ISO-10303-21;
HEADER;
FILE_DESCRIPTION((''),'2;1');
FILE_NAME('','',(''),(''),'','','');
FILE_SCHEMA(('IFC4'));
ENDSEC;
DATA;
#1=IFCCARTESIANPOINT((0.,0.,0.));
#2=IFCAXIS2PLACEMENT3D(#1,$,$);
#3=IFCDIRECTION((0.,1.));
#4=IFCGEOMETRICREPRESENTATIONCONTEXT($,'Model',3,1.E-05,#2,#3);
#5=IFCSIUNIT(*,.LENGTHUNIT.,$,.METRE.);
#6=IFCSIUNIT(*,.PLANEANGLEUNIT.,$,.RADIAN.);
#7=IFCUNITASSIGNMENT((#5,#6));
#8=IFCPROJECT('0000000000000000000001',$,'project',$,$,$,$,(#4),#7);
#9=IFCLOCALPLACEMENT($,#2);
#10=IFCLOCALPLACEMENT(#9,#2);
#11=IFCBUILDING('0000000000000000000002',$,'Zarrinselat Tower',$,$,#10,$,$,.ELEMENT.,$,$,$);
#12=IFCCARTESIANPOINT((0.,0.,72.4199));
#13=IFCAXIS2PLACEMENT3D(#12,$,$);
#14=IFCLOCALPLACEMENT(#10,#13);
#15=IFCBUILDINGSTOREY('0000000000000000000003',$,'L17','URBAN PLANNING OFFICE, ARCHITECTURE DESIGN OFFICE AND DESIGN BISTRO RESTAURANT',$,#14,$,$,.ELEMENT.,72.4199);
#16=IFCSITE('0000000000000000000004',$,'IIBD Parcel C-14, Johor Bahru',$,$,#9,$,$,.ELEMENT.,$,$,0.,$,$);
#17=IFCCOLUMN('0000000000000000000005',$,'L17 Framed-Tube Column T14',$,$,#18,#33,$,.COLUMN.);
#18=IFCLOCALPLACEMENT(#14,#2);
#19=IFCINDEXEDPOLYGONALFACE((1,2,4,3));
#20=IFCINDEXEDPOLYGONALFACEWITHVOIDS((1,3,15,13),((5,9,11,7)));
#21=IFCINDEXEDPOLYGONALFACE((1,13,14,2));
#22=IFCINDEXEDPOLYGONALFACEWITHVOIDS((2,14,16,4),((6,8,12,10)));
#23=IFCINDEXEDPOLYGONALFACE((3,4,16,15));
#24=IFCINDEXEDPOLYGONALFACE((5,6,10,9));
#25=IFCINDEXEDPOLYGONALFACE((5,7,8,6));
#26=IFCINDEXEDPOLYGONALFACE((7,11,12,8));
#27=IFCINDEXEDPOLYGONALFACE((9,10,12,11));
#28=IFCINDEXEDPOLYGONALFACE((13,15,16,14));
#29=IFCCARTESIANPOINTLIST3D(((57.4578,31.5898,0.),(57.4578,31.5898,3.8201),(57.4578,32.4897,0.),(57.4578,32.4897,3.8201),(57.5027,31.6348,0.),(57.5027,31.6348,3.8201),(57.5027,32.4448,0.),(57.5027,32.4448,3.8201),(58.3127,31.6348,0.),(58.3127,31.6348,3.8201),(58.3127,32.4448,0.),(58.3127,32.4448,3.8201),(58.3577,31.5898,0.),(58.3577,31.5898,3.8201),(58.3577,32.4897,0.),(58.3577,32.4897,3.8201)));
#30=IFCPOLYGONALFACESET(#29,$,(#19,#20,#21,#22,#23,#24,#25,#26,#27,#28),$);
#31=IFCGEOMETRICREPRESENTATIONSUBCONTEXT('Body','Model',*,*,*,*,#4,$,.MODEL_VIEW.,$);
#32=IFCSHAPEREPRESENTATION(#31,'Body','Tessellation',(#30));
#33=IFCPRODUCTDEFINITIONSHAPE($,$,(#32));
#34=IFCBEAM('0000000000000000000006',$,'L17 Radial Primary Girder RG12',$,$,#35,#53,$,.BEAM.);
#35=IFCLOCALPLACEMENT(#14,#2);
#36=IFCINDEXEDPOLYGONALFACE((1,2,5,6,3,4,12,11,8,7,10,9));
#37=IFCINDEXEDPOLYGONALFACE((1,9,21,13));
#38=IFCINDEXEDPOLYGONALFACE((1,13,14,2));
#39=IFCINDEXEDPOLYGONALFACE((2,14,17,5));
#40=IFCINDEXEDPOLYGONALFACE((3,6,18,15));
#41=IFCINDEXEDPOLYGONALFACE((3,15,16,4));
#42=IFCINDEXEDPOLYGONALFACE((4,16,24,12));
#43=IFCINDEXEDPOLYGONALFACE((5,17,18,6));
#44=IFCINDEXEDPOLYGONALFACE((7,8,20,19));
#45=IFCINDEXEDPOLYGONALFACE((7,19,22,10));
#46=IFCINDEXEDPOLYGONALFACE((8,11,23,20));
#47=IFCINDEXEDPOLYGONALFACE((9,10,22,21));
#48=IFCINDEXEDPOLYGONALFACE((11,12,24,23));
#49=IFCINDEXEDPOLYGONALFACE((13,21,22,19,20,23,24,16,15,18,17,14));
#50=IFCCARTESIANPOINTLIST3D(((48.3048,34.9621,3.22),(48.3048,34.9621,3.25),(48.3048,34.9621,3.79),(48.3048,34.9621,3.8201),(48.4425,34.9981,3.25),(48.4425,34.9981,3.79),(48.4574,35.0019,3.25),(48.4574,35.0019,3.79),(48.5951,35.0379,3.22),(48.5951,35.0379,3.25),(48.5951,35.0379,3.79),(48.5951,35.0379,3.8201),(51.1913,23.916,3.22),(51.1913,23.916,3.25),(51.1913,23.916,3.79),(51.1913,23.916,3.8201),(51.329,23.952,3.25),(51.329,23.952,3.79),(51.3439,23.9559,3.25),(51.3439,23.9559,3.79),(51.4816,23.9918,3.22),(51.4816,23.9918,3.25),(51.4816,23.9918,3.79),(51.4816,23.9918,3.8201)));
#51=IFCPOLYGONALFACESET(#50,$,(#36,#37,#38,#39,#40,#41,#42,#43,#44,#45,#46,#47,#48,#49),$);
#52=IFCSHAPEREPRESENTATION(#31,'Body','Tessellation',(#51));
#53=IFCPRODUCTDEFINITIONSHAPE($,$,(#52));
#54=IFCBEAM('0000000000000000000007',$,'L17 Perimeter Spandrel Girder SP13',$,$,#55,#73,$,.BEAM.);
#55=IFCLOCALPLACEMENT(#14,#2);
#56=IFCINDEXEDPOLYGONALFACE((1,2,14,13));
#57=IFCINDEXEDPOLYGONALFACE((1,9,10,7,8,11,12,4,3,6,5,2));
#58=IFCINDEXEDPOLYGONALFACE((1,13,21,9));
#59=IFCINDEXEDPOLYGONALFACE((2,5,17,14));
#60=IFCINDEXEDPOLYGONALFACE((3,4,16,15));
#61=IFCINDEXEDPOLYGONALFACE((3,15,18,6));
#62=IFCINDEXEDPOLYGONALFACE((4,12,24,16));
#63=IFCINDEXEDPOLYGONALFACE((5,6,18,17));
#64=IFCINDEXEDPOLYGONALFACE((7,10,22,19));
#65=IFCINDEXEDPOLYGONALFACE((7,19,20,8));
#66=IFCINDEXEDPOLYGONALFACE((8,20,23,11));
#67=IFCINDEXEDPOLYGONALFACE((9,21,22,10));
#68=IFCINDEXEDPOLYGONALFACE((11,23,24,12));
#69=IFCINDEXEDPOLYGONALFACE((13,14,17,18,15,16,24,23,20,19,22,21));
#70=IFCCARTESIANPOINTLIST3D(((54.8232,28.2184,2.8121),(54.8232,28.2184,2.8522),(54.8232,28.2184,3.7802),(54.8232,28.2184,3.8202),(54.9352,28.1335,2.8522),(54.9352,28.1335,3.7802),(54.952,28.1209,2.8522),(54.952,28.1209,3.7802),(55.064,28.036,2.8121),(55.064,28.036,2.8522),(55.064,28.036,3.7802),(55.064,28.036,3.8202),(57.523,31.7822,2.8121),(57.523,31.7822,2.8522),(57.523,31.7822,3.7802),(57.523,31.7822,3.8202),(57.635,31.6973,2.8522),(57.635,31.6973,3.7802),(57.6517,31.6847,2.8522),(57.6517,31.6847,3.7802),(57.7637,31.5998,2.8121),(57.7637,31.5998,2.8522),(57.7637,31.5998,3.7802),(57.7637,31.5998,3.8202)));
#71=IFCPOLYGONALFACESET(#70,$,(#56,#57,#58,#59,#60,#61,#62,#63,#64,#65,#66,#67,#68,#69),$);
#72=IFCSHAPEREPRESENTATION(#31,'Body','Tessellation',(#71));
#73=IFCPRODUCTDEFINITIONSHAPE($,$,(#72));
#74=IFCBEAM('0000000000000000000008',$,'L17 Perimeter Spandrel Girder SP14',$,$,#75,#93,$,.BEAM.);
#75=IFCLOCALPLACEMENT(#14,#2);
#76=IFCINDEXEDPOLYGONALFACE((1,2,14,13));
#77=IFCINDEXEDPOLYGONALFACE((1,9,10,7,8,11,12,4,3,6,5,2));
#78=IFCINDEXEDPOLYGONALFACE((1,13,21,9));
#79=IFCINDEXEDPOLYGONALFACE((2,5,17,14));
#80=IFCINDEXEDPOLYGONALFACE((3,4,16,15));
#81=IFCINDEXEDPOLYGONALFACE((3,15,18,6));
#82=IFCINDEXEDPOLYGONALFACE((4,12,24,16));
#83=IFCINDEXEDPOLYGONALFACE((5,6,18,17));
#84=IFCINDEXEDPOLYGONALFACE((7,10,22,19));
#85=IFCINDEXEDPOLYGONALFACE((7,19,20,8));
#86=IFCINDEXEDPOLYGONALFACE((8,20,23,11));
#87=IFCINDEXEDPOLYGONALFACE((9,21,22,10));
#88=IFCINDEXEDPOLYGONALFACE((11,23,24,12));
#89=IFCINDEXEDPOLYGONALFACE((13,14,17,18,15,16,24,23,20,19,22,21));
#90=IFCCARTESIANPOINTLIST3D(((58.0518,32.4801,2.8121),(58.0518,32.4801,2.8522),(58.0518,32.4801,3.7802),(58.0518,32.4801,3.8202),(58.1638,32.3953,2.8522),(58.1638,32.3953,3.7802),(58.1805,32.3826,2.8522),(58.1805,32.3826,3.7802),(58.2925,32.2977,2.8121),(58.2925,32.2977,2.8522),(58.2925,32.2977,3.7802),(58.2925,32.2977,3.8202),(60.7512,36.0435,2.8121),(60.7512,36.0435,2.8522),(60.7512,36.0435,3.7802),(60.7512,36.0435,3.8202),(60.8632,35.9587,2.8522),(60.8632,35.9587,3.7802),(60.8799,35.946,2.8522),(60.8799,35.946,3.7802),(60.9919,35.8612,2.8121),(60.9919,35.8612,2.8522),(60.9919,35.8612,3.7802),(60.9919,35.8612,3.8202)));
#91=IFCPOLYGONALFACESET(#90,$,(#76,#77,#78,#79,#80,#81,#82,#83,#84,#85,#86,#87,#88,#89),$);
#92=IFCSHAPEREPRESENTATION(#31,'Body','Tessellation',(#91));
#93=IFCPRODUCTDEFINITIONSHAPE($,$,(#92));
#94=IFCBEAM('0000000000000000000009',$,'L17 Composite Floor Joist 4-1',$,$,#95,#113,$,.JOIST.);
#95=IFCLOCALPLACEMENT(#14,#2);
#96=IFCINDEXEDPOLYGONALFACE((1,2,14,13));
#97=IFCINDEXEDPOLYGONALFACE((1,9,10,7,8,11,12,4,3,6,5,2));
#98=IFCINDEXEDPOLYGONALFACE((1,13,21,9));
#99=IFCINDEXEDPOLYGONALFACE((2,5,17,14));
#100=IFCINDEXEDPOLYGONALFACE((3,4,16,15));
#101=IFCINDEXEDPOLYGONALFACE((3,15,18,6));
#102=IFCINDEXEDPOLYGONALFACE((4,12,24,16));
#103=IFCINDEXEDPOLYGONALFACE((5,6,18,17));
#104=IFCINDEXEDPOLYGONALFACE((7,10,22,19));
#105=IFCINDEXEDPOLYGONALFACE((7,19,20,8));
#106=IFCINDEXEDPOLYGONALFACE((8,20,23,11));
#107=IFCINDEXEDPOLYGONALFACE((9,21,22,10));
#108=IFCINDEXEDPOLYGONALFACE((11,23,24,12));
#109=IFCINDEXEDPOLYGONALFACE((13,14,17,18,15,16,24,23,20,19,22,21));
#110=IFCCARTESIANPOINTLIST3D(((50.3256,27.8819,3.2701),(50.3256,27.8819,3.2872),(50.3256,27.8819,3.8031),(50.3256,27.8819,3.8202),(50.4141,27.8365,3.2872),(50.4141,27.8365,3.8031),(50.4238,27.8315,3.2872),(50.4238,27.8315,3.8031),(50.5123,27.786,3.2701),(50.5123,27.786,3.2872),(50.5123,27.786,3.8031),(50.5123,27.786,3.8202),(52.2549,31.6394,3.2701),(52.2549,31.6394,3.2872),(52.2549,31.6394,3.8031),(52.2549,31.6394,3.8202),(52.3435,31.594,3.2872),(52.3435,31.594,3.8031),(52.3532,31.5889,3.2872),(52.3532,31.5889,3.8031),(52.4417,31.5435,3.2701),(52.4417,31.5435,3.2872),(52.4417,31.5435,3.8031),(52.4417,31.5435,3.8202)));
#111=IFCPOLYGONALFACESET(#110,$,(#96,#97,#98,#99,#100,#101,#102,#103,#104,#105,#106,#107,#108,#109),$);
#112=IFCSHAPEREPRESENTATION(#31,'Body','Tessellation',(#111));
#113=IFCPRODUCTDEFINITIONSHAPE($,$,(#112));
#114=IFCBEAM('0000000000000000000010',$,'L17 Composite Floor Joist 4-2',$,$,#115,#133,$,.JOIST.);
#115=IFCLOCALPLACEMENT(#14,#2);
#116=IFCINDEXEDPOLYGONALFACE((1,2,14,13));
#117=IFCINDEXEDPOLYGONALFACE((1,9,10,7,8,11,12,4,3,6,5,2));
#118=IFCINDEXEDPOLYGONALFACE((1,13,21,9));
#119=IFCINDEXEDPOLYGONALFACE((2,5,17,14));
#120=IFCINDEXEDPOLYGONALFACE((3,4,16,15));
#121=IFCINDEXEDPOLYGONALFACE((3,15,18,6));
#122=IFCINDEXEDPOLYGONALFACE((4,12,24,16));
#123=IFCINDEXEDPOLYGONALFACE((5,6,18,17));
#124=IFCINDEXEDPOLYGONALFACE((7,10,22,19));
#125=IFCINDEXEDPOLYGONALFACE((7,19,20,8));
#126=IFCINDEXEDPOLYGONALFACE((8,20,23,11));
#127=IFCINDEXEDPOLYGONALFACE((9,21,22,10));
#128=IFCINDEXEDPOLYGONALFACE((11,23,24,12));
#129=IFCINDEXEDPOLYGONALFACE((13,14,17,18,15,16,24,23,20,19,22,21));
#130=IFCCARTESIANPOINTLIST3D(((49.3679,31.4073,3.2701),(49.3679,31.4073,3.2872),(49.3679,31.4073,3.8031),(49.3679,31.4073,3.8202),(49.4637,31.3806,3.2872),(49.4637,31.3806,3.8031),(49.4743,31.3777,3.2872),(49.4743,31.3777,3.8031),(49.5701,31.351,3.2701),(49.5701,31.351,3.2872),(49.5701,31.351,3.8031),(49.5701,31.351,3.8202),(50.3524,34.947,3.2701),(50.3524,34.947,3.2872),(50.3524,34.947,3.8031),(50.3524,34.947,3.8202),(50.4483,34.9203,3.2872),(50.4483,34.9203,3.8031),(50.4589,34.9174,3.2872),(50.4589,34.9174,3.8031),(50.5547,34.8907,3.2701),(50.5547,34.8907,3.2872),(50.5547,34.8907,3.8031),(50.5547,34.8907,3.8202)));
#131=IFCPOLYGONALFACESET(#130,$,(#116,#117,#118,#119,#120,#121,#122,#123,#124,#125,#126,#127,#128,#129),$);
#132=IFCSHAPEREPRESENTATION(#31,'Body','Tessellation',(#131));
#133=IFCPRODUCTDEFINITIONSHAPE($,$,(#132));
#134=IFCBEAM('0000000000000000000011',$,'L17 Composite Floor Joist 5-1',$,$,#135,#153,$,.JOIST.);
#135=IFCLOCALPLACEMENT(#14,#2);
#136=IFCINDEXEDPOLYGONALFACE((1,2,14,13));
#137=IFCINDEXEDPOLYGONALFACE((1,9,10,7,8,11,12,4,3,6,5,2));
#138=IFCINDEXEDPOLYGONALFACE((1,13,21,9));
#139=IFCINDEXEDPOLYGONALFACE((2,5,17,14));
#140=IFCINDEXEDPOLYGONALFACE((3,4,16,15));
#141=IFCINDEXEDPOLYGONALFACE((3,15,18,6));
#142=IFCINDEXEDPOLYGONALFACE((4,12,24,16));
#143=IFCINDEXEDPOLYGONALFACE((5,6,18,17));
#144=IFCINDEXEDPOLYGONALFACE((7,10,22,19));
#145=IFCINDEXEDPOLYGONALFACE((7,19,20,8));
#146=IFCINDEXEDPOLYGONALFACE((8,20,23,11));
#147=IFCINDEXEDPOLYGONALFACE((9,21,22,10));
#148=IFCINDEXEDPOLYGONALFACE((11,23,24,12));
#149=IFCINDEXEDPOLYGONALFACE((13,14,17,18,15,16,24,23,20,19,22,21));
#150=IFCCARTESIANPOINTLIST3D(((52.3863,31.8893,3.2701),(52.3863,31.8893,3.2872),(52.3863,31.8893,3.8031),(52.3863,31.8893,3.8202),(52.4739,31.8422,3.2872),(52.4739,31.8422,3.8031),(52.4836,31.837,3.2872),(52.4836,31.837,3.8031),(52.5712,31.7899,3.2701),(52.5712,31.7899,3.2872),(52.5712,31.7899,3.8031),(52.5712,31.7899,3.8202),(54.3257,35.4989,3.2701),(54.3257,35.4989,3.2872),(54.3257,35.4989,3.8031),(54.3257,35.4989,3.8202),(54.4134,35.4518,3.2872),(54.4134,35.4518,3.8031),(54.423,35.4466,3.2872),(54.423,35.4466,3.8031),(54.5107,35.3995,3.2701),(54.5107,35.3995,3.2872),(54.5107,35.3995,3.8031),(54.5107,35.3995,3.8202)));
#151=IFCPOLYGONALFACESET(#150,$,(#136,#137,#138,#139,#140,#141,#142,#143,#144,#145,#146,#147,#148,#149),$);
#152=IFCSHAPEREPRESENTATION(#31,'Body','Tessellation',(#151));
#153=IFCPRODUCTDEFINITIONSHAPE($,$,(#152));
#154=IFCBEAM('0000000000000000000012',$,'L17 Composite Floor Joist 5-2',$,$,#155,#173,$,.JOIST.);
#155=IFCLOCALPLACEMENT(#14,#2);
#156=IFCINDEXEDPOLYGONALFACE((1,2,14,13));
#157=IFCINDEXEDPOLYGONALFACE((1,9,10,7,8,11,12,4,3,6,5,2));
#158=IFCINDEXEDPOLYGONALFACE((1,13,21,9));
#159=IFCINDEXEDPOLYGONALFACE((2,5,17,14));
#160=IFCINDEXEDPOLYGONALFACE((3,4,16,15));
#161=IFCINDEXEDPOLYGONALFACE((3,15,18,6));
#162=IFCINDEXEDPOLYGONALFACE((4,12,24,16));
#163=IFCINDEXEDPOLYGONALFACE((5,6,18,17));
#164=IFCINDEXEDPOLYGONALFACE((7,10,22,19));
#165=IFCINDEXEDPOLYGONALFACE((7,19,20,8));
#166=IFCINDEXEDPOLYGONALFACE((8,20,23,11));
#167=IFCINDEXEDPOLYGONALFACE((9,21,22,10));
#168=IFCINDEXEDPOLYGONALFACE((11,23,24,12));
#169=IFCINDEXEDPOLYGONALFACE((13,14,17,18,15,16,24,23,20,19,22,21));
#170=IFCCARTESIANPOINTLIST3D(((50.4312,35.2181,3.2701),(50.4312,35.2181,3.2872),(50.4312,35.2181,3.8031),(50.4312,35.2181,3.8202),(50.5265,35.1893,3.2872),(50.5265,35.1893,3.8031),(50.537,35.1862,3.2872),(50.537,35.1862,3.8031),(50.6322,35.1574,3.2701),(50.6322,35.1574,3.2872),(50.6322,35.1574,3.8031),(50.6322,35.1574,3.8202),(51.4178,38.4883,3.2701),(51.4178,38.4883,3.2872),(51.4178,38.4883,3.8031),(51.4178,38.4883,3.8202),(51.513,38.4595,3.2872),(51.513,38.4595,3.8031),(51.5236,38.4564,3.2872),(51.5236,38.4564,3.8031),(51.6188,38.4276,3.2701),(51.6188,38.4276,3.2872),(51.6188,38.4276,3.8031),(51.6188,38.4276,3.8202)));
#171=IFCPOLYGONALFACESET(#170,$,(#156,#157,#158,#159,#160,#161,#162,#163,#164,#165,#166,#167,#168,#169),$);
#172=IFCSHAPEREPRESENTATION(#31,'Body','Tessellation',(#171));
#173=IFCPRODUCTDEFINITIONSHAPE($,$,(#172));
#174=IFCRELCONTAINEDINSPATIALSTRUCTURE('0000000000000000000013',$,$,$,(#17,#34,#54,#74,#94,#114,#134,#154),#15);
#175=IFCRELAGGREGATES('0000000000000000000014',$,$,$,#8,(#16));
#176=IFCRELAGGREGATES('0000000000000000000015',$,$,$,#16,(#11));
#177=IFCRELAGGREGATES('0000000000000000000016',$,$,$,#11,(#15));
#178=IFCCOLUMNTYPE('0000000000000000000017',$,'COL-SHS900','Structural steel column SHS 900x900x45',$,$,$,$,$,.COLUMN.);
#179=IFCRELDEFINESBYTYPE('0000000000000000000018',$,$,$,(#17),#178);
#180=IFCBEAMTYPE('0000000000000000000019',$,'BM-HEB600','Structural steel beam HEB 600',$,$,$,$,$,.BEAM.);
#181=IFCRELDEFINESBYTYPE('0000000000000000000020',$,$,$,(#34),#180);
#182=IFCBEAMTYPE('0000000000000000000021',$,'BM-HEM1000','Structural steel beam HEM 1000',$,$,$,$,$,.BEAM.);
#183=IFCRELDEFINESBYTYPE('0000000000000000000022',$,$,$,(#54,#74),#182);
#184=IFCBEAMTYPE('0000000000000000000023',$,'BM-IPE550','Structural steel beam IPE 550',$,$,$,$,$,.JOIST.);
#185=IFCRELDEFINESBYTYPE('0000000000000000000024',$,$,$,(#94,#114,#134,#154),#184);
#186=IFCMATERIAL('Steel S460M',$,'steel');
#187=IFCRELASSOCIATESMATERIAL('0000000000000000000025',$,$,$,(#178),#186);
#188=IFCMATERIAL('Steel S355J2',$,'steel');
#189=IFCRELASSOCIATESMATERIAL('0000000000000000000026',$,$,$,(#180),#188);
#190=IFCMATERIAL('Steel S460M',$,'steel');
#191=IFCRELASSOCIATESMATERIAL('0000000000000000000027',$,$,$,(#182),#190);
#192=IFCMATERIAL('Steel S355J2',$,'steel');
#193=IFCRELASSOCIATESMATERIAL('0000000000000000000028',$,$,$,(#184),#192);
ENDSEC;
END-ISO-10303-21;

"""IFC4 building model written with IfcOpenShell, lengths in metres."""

from ifc_helpers import new_model, si_unit, direction, frame, origin, origin_2d, place, context, subcontext, project, spatial, hollow_rectangle, i_section, extrude, material, material_profile, profile_set, type_object, element, save


model = new_model("IFC4")

# Units and contexts
model_context = context("Model", 3, precision=1e-05, world=origin(), true_north=direction((0.0, 1.0)))
body_context = subcontext(model_context, "Body", "Model", "MODEL_VIEW")
ifc_project = project(units=[si_unit("LENGTHUNIT", "METRE"), si_unit("PLANEANGLEUNIT", "RADIAN")], contexts=[model_context])

# Site, building, storey
site_placement = place(None, origin())
site = spatial("IfcSite", under=ifc_project, at=site_placement, Name="IIBD Parcel C-14, Johor Bahru", CompositionType="ELEMENT", RefElevation=0.0)
building_placement = place(site_placement, origin())
building = spatial("IfcBuilding", under=site, at=building_placement, Name="Zarrinselat Tower", CompositionType="ELEMENT")
storey_placement = place(building_placement, frame((0.0, 0.0, 72.4199)))
storey = spatial("IfcBuildingStorey", under=building, at=storey_placement, Name="L17", Description="URBAN PLANNING OFFICE, ARCHITECTURE DESIGN OFFICE AND DESIGN BISTRO RESTAURANT", CompositionType="ELEMENT", Elevation=72.4199)

# Column
ifc_material_1 = material(Name="Steel S460M", Category="steel")
ifc_material_profile_1 = material_profile(ifc_material_1, hollow_rectangle(XDim=0.8999, YDim=0.8999, WallThickness=0.0449, at=origin_2d()), Name="SHS 900x900x45")
ifc_profile_set_1 = profile_set([ifc_material_profile_1], Name="Steel S460M")
column_type = type_object("IfcColumnType", Name="COL-SHS900", Description="Structural steel column SHS 900x900x45", PredefinedType="COLUMN", material=ifc_profile_set_1)
column_placement = place(storey_placement, frame((57.9077, 32.0398, 0.0), z_axis=(0.0, 0.0, 1.0), x_axis=(1.0, 0.0, 0.0)))
element("IfcColumn", 1, at=column_placement, inside=storey, type_object=column_type, Name="L17 Framed-Tube Column T14", PredefinedType="COLUMN", context=body_context, shape_type="SweptSolid", body=[
    extrude(hollow_rectangle(XDim=0.8999, YDim=0.8999, WallThickness=0.0449, at=origin_2d()), origin(), (0.0, 0.0, 1.0), 3.8201),
])

# Beams
ifc_material_2 = material(Name="Steel S355J2", Category="steel")
ifc_material_profile_2 = material_profile(ifc_material_2, i_section(OverallWidth=0.3, OverallDepth=0.6001, WebThickness=0.0154, FlangeThickness=0.03, at=origin_2d()), Name="HEB 600")
ifc_profile_set_2 = profile_set([ifc_material_profile_2], Name="Steel S355J2")
beam_type_1 = type_object("IfcBeamType", Name="BM-HEB600", Description="Structural steel beam HEB 600", PredefinedType="BEAM", material=ifc_profile_set_2)
beam_1_placement = place(storey_placement, frame((48.45, 35.0, 3.52), z_axis=(0.252821, -0.967513, 0.0), x_axis=(0.967513, 0.252821, 0.0)))
element("IfcBeam", 2, at=beam_1_placement, inside=storey, type_object=beam_type_1, Name="L17 Radial Primary Girder RG12", PredefinedType="BEAM", context=body_context, shape_type="SweptSolid", body=[
    extrude(i_section(OverallWidth=0.3, OverallDepth=0.6001, WebThickness=0.0154, FlangeThickness=0.03, at=origin_2d()), origin(), (0.0, 0.0, 1.0), 11.417),
])
ifc_material_3 = material(Name="Steel S460M", Category="steel")
ifc_material_profile_3 = material_profile(ifc_material_3, i_section(OverallWidth=0.302, OverallDepth=1.0081, WebThickness=0.021, FlangeThickness=0.04, at=origin_2d()), Name="HEM 1000")
ifc_profile_set_3 = profile_set([ifc_material_profile_3], Name="Steel S460M")
beam_type_2 = type_object("IfcBeamType", Name="BM-HEM1000", Description="Structural steel beam HEM 1000", PredefinedType="BEAM", material=ifc_profile_set_3)
beam_2_placement = place(storey_placement, frame((54.9436, 28.1272, 3.3162), z_axis=(0.603846, 0.797101, 0.0), x_axis=(-0.797101, 0.603846, 0.0)))
element("IfcBeam", 3, at=beam_2_placement, inside=storey, type_object=beam_type_2, Name="L17 Perimeter Spandrel Girder SP13", PredefinedType="BEAM", context=body_context, shape_type="SweptSolid", body=[
    extrude(i_section(OverallWidth=0.302, OverallDepth=1.0081, WebThickness=0.021, FlangeThickness=0.04, at=origin_2d()), origin(), (0.0, 0.0, 1.0), 4.4709),
])
beam_3_placement = place(storey_placement, frame((58.1721, 32.3889, 3.3162), z_axis=(0.603838, 0.797107, 0.0), x_axis=(-0.797107, 0.603838, 0.0)))
element("IfcBeam", 4, at=beam_3_placement, inside=storey, type_object=beam_type_2, Name="L17 Perimeter Spandrel Girder SP14", PredefinedType="BEAM", context=body_context, shape_type="SweptSolid", body=[
    extrude(i_section(OverallWidth=0.302, OverallDepth=1.0081, WebThickness=0.021, FlangeThickness=0.04, at=origin_2d()), origin(), (0.0, 0.0, 1.0), 4.4705),
])
ifc_material_4 = material(Name="Steel S355J2", Category="steel")
ifc_material_profile_4 = material_profile(ifc_material_4, i_section(OverallWidth=0.21, OverallDepth=0.55, WebThickness=0.011, FlangeThickness=0.0171, at=origin_2d()), Name="IPE 550")
ifc_profile_set_4 = profile_set([ifc_material_profile_4], Name="Steel S355J2")
beam_type_3 = type_object("IfcBeamType", Name="BM-IPE550", Description="Structural steel beam IPE 550", PredefinedType="JOIST", material=ifc_profile_set_4)
beam_4_placement = place(storey_placement, frame((50.4189, 27.834, 3.5452), z_axis=(0.456782, 0.889578, 0.0), x_axis=(-0.889578, 0.456782, 0.0)))
element("IfcBeam", 5, at=beam_4_placement, inside=storey, type_object=beam_type_3, Name="L17 Composite Floor Joist 4-1", PredefinedType="JOIST", context=body_context, shape_type="SweptSolid", body=[
    extrude(i_section(OverallWidth=0.21, OverallDepth=0.55, WebThickness=0.011, FlangeThickness=0.0171, at=origin_2d()), origin(), (0.0, 0.0, 1.0), 4.2239),
])
beam_5_placement = place(storey_placement, frame((49.469, 31.3792, 3.5452), z_axis=(0.267983, 0.963424, 0.0), x_axis=(-0.963424, 0.267983, 0.0)))
element("IfcBeam", 6, at=beam_5_placement, inside=storey, type_object=beam_type_3, Name="L17 Composite Floor Joist 4-2", PredefinedType="JOIST", context=body_context, shape_type="SweptSolid", body=[
    extrude(i_section(OverallWidth=0.21, OverallDepth=0.55, WebThickness=0.011, FlangeThickness=0.0171, at=origin_2d()), origin(), (0.0, 0.0, 1.0), 3.6741),
])
beam_6_placement = place(storey_placement, frame((52.4788, 31.8396, 3.5452), z_axis=(0.473307, 0.880897, 0.0), x_axis=(-0.880897, 0.473307, 0.0)))
element("IfcBeam", 7, at=beam_6_placement, inside=storey, type_object=beam_type_3, Name="L17 Composite Floor Joist 5-1", PredefinedType="JOIST", context=body_context, shape_type="SweptSolid", body=[
    extrude(i_section(OverallWidth=0.21, OverallDepth=0.55, WebThickness=0.011, FlangeThickness=0.0171, at=origin_2d()), origin(), (0.0, 0.0, 1.0), 4.0977),
])
beam_7_placement = place(storey_placement, frame((50.5317, 35.1877, 3.5452), z_axis=(0.288823, 0.957383, 0.0), x_axis=(-0.957383, 0.288823, 0.0)))
element("IfcBeam", 8, at=beam_7_placement, inside=storey, type_object=beam_type_3, Name="L17 Composite Floor Joist 5-2", PredefinedType="JOIST", context=body_context, shape_type="SweptSolid", body=[
    extrude(i_section(OverallWidth=0.21, OverallDepth=0.55, WebThickness=0.011, FlangeThickness=0.0171, at=origin_2d()), origin(), (0.0, 0.0, 1.0), 3.4158),
])

save(model, "model.ifc")
